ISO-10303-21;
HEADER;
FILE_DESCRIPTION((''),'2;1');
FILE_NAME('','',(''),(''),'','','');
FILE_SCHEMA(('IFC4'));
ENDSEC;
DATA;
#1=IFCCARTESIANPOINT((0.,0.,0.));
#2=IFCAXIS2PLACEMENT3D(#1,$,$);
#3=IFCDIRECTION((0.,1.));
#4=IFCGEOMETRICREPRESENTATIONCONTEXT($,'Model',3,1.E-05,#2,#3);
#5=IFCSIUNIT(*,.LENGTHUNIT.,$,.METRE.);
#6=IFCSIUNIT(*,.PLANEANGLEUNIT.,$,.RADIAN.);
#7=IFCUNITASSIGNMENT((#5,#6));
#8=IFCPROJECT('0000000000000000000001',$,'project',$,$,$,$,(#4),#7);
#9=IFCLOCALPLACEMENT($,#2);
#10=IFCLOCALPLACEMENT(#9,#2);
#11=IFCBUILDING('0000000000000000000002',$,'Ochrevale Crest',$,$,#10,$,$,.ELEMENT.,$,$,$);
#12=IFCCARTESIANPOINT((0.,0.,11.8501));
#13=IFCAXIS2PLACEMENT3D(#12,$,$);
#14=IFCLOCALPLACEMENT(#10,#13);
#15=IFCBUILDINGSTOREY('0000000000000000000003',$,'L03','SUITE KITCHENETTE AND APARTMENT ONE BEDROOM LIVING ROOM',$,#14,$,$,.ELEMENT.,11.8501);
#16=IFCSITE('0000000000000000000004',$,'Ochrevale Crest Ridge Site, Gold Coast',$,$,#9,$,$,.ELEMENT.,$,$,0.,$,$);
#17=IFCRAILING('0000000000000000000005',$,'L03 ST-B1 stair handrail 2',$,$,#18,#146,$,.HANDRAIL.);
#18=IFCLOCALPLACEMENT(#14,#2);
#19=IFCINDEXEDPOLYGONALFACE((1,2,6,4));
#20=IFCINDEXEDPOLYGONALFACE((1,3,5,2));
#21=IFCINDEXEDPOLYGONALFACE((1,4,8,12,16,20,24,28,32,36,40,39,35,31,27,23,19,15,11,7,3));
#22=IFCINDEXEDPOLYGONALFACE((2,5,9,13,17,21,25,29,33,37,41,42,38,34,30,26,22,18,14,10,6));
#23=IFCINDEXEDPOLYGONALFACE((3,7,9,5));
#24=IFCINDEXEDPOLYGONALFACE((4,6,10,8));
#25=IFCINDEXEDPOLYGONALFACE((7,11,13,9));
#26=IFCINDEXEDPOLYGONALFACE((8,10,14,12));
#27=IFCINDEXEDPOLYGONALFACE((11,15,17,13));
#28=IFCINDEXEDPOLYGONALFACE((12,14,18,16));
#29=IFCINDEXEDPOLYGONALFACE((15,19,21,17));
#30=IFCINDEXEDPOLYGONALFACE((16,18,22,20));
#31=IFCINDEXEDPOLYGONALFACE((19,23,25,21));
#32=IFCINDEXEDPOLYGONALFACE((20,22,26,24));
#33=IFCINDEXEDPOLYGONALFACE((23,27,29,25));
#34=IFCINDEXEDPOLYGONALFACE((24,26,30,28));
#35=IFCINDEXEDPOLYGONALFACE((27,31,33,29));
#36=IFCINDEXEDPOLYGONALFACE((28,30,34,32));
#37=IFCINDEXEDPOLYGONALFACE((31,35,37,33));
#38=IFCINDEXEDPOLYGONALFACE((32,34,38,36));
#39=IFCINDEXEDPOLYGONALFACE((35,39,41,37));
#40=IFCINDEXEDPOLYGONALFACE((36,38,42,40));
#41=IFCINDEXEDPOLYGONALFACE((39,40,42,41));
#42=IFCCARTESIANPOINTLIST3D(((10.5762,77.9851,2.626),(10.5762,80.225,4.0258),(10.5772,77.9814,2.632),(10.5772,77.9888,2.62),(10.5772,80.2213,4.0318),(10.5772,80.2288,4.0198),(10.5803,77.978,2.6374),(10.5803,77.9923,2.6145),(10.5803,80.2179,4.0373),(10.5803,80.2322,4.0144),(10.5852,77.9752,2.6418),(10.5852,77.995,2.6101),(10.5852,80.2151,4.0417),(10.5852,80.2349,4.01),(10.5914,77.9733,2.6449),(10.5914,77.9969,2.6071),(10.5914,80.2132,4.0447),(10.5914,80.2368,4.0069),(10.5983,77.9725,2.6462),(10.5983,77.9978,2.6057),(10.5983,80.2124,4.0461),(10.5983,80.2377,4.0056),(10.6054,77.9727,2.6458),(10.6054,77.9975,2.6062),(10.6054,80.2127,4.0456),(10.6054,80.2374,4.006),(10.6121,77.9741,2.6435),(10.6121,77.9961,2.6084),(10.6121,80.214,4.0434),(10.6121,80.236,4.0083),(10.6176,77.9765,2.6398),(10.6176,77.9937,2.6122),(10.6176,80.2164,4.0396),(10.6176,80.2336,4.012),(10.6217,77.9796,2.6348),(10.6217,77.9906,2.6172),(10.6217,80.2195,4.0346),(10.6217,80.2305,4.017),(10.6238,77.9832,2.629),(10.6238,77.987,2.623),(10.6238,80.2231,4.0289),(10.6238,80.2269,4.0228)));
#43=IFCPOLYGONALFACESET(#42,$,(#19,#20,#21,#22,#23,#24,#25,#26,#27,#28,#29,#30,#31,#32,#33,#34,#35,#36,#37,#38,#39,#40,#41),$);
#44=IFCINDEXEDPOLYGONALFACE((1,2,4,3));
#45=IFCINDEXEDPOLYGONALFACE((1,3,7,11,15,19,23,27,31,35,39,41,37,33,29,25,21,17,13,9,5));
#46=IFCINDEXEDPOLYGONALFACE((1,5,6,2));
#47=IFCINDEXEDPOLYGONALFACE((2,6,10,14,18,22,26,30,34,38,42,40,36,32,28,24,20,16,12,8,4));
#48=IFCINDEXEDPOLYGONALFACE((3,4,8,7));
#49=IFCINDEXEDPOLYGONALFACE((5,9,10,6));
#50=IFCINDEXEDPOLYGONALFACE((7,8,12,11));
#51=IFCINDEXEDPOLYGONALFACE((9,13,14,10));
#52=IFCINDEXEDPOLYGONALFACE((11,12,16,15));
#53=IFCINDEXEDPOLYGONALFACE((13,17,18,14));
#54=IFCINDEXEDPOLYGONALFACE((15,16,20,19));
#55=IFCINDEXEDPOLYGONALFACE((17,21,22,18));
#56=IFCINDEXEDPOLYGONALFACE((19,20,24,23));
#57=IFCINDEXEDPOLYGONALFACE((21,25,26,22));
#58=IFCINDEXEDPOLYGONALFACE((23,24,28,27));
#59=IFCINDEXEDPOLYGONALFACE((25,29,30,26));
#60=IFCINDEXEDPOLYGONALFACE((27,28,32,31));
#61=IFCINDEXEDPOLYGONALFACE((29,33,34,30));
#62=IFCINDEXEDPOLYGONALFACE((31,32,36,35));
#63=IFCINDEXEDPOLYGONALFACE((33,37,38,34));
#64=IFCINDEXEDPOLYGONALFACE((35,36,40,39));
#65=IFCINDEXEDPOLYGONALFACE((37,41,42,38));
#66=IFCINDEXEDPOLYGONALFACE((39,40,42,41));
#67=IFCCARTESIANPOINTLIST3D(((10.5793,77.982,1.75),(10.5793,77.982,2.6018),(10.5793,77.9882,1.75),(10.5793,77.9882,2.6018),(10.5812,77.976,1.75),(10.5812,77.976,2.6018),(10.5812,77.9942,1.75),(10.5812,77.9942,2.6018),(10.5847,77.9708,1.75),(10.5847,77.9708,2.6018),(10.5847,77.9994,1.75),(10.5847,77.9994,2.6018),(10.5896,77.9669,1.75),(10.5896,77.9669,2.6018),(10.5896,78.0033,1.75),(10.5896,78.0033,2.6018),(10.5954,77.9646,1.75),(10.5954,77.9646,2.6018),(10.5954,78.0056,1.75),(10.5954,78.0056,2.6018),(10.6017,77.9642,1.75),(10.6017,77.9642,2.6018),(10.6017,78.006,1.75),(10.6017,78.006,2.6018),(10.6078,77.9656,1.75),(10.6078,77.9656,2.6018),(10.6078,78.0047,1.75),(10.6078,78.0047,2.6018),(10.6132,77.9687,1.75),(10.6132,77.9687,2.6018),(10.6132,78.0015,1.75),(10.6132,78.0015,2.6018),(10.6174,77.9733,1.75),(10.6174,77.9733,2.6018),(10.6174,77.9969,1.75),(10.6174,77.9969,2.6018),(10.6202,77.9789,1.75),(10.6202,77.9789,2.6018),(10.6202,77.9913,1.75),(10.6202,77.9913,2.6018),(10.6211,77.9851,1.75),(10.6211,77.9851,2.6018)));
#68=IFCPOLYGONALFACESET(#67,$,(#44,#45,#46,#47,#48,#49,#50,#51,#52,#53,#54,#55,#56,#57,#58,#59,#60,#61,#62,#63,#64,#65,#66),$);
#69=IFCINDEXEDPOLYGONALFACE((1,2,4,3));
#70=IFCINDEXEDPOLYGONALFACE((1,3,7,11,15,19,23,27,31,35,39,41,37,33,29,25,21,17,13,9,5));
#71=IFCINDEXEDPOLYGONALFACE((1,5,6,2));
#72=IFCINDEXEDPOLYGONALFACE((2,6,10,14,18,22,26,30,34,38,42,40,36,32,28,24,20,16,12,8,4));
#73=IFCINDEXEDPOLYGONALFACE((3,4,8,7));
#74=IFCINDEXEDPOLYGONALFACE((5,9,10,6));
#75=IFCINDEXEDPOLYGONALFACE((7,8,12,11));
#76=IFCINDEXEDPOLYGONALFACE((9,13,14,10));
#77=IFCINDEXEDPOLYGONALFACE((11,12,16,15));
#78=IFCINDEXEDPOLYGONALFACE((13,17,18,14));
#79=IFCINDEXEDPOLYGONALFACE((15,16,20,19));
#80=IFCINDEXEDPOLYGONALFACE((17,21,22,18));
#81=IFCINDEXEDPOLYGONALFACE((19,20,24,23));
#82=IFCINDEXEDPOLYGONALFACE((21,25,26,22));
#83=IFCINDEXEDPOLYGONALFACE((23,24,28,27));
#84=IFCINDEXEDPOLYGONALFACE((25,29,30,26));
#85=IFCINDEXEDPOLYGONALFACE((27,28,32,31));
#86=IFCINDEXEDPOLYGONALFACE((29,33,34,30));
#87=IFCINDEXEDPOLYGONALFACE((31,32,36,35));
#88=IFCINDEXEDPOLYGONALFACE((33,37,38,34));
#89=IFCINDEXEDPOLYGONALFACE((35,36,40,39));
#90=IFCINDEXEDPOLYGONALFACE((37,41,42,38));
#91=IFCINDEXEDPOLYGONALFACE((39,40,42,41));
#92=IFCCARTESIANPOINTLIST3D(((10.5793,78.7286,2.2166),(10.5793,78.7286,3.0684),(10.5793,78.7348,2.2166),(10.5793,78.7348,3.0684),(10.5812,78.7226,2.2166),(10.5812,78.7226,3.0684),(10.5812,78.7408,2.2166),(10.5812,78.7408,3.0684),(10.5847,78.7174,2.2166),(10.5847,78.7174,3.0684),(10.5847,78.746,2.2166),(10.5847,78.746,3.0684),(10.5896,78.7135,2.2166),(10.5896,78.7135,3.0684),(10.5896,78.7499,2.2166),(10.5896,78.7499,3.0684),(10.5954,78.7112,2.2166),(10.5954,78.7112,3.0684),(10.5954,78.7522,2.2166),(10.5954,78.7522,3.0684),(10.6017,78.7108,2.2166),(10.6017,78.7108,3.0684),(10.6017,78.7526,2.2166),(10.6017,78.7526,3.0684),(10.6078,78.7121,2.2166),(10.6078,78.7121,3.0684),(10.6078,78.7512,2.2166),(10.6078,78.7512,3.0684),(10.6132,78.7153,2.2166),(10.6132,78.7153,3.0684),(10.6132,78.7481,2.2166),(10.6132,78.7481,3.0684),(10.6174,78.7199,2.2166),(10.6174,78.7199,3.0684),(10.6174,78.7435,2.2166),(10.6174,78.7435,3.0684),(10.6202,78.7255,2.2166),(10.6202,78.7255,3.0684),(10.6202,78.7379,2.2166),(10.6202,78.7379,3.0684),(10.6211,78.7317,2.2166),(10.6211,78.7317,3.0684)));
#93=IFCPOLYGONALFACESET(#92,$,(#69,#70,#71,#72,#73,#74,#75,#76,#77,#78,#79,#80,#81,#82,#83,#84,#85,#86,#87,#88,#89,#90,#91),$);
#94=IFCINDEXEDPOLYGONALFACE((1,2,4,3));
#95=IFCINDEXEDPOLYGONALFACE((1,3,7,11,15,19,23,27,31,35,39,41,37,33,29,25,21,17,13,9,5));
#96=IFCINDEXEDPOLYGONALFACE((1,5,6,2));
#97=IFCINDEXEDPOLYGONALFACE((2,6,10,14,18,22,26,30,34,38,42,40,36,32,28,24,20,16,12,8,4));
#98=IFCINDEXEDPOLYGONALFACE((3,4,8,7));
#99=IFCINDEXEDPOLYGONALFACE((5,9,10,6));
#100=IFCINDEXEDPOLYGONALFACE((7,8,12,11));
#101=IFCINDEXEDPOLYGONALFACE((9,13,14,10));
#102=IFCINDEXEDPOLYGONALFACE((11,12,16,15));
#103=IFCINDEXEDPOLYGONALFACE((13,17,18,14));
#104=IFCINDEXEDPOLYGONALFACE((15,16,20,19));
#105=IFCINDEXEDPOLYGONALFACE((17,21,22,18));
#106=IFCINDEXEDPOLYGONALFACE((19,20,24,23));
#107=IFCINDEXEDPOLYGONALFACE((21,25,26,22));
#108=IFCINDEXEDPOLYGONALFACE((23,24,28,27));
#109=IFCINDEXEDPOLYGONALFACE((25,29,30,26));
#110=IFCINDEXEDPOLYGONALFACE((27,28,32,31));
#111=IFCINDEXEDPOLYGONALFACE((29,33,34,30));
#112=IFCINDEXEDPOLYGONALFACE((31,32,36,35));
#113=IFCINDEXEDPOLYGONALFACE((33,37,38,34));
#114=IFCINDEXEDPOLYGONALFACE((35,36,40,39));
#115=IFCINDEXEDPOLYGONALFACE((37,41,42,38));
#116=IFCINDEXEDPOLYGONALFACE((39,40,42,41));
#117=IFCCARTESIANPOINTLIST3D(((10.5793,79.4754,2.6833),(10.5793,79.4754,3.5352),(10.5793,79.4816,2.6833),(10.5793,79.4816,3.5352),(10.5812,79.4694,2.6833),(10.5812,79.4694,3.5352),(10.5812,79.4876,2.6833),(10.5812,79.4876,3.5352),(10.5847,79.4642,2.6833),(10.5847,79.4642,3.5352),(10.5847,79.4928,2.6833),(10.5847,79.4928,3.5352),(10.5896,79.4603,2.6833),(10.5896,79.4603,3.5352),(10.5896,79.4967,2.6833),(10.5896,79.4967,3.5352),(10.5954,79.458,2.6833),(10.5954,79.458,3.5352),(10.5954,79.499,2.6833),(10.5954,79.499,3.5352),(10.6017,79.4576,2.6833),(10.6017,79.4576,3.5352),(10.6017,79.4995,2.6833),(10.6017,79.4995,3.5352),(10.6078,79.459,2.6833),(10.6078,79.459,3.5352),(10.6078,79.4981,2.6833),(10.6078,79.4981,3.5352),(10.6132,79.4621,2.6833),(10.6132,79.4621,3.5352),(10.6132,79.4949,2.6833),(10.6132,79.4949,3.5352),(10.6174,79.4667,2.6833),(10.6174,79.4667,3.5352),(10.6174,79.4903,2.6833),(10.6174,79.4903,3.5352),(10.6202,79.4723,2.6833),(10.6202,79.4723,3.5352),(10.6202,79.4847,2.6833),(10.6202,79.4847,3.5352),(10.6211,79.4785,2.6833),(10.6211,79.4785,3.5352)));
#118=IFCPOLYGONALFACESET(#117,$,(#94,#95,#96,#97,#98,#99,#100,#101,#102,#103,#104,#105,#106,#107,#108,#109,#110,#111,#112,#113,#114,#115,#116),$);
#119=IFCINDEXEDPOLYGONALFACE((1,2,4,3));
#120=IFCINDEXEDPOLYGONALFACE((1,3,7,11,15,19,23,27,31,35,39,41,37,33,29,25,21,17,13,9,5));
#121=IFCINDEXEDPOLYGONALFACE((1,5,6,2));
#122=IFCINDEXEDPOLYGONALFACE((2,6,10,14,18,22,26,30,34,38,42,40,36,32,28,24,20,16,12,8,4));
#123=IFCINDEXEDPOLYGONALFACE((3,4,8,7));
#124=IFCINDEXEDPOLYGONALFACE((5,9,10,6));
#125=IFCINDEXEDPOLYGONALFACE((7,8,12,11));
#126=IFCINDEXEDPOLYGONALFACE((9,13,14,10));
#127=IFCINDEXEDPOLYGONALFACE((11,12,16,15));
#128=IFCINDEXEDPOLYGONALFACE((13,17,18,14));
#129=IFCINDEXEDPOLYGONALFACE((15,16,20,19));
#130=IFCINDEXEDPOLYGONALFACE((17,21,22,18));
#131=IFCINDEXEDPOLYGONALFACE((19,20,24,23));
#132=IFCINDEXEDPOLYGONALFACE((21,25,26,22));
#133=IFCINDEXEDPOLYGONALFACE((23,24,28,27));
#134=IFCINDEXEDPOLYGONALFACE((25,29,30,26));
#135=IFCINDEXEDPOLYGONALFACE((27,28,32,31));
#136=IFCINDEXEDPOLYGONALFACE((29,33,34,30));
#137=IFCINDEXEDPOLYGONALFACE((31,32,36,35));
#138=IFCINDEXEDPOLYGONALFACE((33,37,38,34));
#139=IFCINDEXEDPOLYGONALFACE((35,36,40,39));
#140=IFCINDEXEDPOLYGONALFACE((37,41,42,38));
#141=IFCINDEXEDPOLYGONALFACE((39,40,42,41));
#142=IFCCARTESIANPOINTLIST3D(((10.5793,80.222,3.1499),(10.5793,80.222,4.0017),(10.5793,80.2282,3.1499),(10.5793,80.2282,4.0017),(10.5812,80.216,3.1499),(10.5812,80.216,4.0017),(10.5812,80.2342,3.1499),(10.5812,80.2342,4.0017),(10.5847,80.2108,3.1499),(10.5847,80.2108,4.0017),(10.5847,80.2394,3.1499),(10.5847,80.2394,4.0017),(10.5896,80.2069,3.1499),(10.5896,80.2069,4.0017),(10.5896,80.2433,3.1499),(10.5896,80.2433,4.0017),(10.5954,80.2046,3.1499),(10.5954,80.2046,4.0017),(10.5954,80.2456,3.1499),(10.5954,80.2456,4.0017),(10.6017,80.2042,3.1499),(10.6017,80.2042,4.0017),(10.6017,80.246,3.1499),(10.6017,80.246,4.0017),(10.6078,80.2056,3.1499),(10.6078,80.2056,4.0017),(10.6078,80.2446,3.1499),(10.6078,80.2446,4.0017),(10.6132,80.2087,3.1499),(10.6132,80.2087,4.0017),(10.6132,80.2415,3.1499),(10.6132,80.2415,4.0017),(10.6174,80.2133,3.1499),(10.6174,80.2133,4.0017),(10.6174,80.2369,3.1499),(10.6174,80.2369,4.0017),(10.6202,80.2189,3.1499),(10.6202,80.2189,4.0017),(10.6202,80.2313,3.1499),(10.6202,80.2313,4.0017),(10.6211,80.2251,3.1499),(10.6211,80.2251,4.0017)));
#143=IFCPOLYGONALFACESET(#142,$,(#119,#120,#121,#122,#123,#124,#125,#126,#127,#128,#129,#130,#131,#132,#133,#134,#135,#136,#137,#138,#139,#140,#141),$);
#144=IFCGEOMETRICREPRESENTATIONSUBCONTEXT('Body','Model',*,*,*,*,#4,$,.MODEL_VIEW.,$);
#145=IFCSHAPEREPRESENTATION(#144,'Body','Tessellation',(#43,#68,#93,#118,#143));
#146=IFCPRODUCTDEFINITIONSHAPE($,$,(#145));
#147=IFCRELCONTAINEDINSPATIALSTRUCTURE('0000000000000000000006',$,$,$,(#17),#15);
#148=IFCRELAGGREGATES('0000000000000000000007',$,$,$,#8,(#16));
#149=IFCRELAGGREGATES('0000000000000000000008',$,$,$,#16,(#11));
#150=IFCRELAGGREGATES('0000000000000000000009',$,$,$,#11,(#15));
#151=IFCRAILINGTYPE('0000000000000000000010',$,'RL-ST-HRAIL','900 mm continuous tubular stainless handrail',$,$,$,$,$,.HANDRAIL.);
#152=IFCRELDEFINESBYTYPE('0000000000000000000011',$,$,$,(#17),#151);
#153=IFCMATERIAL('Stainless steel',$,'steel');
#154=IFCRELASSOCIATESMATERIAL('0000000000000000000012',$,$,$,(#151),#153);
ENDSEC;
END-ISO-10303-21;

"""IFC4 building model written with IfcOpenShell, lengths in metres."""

from ifc_helpers import new_model, si_unit, direction, frame, origin, origin_2d, place, context, subcontext, project, spatial, circle, extrude, material, type_object, element, save


model = new_model("IFC4")

# Units and contexts
model_context = context("Model", 3, precision=1e-05, world=origin(), true_north=direction((0.0, 1.0)))
body_context = subcontext(model_context, "Body", "Model", "MODEL_VIEW")
ifc_project = project(units=[si_unit("LENGTHUNIT", "METRE"), si_unit("PLANEANGLEUNIT", "RADIAN")], contexts=[model_context])

# Site, building, storey
site_placement = place(None, origin())
site = spatial("IfcSite", under=ifc_project, at=site_placement, Name="Ochrevale Crest Ridge Site, Gold Coast", CompositionType="ELEMENT", RefElevation=0.0)
building_placement = place(site_placement, origin())
building = spatial("IfcBuilding", under=site, at=building_placement, Name="Ochrevale Crest", CompositionType="ELEMENT")
storey_placement = place(building_placement, frame((0.0, 0.0, 11.8501)))
storey = spatial("IfcBuildingStorey", under=building, at=storey_placement, Name="L03", Description="SUITE KITCHENETTE AND APARTMENT ONE BEDROOM LIVING ROOM", CompositionType="ELEMENT", Elevation=11.8501)

# Railing
ifc_material_1 = material(Name="Stainless steel", Category="steel")
railing_type_1 = type_object("IfcRailingType", Name="RL-ST-HRAIL", Description="900 mm continuous tubular stainless handrail", PredefinedType="HANDRAIL", material=ifc_material_1)
railing_1_placement = place(storey_placement, frame((10.6001, 77.9851, 1.75)))
element("IfcRailing", 1, at=railing_1_placement, inside=storey, type_object=railing_type_1, Name="L03 ST-B1 stair handrail 2", PredefinedType="HANDRAIL", context=body_context, shape_type="SweptSolid", body=[
    extrude(circle(Radius=0.0239, at=origin_2d()), frame((0.0, 0.0, 0.876), z_axis=(0.0, 0.848014, 0.529974), x_axis=(-1.0, 0.0, 0.0)), (0.0, 0.0, 1.0), 2.6414),
    extrude(circle(Radius=0.021, at=origin_2d()), origin(), (0.0, 0.0, 1.0), 0.8518),
    extrude(circle(Radius=0.021, at=origin_2d()), frame((0.0, 0.7466, 0.4666)), (0.0, 0.0, 1.0), 0.8518),
    extrude(circle(Radius=0.021, at=origin_2d()), frame((0.0, 1.4934, 0.9333)), (0.0, 0.0, 1.0), 0.8518),
    extrude(circle(Radius=0.021, at=origin_2d()), frame((0.0, 2.24, 1.3999)), (0.0, 0.0, 1.0), 0.8518),
])

save(model, "model.ifc")
